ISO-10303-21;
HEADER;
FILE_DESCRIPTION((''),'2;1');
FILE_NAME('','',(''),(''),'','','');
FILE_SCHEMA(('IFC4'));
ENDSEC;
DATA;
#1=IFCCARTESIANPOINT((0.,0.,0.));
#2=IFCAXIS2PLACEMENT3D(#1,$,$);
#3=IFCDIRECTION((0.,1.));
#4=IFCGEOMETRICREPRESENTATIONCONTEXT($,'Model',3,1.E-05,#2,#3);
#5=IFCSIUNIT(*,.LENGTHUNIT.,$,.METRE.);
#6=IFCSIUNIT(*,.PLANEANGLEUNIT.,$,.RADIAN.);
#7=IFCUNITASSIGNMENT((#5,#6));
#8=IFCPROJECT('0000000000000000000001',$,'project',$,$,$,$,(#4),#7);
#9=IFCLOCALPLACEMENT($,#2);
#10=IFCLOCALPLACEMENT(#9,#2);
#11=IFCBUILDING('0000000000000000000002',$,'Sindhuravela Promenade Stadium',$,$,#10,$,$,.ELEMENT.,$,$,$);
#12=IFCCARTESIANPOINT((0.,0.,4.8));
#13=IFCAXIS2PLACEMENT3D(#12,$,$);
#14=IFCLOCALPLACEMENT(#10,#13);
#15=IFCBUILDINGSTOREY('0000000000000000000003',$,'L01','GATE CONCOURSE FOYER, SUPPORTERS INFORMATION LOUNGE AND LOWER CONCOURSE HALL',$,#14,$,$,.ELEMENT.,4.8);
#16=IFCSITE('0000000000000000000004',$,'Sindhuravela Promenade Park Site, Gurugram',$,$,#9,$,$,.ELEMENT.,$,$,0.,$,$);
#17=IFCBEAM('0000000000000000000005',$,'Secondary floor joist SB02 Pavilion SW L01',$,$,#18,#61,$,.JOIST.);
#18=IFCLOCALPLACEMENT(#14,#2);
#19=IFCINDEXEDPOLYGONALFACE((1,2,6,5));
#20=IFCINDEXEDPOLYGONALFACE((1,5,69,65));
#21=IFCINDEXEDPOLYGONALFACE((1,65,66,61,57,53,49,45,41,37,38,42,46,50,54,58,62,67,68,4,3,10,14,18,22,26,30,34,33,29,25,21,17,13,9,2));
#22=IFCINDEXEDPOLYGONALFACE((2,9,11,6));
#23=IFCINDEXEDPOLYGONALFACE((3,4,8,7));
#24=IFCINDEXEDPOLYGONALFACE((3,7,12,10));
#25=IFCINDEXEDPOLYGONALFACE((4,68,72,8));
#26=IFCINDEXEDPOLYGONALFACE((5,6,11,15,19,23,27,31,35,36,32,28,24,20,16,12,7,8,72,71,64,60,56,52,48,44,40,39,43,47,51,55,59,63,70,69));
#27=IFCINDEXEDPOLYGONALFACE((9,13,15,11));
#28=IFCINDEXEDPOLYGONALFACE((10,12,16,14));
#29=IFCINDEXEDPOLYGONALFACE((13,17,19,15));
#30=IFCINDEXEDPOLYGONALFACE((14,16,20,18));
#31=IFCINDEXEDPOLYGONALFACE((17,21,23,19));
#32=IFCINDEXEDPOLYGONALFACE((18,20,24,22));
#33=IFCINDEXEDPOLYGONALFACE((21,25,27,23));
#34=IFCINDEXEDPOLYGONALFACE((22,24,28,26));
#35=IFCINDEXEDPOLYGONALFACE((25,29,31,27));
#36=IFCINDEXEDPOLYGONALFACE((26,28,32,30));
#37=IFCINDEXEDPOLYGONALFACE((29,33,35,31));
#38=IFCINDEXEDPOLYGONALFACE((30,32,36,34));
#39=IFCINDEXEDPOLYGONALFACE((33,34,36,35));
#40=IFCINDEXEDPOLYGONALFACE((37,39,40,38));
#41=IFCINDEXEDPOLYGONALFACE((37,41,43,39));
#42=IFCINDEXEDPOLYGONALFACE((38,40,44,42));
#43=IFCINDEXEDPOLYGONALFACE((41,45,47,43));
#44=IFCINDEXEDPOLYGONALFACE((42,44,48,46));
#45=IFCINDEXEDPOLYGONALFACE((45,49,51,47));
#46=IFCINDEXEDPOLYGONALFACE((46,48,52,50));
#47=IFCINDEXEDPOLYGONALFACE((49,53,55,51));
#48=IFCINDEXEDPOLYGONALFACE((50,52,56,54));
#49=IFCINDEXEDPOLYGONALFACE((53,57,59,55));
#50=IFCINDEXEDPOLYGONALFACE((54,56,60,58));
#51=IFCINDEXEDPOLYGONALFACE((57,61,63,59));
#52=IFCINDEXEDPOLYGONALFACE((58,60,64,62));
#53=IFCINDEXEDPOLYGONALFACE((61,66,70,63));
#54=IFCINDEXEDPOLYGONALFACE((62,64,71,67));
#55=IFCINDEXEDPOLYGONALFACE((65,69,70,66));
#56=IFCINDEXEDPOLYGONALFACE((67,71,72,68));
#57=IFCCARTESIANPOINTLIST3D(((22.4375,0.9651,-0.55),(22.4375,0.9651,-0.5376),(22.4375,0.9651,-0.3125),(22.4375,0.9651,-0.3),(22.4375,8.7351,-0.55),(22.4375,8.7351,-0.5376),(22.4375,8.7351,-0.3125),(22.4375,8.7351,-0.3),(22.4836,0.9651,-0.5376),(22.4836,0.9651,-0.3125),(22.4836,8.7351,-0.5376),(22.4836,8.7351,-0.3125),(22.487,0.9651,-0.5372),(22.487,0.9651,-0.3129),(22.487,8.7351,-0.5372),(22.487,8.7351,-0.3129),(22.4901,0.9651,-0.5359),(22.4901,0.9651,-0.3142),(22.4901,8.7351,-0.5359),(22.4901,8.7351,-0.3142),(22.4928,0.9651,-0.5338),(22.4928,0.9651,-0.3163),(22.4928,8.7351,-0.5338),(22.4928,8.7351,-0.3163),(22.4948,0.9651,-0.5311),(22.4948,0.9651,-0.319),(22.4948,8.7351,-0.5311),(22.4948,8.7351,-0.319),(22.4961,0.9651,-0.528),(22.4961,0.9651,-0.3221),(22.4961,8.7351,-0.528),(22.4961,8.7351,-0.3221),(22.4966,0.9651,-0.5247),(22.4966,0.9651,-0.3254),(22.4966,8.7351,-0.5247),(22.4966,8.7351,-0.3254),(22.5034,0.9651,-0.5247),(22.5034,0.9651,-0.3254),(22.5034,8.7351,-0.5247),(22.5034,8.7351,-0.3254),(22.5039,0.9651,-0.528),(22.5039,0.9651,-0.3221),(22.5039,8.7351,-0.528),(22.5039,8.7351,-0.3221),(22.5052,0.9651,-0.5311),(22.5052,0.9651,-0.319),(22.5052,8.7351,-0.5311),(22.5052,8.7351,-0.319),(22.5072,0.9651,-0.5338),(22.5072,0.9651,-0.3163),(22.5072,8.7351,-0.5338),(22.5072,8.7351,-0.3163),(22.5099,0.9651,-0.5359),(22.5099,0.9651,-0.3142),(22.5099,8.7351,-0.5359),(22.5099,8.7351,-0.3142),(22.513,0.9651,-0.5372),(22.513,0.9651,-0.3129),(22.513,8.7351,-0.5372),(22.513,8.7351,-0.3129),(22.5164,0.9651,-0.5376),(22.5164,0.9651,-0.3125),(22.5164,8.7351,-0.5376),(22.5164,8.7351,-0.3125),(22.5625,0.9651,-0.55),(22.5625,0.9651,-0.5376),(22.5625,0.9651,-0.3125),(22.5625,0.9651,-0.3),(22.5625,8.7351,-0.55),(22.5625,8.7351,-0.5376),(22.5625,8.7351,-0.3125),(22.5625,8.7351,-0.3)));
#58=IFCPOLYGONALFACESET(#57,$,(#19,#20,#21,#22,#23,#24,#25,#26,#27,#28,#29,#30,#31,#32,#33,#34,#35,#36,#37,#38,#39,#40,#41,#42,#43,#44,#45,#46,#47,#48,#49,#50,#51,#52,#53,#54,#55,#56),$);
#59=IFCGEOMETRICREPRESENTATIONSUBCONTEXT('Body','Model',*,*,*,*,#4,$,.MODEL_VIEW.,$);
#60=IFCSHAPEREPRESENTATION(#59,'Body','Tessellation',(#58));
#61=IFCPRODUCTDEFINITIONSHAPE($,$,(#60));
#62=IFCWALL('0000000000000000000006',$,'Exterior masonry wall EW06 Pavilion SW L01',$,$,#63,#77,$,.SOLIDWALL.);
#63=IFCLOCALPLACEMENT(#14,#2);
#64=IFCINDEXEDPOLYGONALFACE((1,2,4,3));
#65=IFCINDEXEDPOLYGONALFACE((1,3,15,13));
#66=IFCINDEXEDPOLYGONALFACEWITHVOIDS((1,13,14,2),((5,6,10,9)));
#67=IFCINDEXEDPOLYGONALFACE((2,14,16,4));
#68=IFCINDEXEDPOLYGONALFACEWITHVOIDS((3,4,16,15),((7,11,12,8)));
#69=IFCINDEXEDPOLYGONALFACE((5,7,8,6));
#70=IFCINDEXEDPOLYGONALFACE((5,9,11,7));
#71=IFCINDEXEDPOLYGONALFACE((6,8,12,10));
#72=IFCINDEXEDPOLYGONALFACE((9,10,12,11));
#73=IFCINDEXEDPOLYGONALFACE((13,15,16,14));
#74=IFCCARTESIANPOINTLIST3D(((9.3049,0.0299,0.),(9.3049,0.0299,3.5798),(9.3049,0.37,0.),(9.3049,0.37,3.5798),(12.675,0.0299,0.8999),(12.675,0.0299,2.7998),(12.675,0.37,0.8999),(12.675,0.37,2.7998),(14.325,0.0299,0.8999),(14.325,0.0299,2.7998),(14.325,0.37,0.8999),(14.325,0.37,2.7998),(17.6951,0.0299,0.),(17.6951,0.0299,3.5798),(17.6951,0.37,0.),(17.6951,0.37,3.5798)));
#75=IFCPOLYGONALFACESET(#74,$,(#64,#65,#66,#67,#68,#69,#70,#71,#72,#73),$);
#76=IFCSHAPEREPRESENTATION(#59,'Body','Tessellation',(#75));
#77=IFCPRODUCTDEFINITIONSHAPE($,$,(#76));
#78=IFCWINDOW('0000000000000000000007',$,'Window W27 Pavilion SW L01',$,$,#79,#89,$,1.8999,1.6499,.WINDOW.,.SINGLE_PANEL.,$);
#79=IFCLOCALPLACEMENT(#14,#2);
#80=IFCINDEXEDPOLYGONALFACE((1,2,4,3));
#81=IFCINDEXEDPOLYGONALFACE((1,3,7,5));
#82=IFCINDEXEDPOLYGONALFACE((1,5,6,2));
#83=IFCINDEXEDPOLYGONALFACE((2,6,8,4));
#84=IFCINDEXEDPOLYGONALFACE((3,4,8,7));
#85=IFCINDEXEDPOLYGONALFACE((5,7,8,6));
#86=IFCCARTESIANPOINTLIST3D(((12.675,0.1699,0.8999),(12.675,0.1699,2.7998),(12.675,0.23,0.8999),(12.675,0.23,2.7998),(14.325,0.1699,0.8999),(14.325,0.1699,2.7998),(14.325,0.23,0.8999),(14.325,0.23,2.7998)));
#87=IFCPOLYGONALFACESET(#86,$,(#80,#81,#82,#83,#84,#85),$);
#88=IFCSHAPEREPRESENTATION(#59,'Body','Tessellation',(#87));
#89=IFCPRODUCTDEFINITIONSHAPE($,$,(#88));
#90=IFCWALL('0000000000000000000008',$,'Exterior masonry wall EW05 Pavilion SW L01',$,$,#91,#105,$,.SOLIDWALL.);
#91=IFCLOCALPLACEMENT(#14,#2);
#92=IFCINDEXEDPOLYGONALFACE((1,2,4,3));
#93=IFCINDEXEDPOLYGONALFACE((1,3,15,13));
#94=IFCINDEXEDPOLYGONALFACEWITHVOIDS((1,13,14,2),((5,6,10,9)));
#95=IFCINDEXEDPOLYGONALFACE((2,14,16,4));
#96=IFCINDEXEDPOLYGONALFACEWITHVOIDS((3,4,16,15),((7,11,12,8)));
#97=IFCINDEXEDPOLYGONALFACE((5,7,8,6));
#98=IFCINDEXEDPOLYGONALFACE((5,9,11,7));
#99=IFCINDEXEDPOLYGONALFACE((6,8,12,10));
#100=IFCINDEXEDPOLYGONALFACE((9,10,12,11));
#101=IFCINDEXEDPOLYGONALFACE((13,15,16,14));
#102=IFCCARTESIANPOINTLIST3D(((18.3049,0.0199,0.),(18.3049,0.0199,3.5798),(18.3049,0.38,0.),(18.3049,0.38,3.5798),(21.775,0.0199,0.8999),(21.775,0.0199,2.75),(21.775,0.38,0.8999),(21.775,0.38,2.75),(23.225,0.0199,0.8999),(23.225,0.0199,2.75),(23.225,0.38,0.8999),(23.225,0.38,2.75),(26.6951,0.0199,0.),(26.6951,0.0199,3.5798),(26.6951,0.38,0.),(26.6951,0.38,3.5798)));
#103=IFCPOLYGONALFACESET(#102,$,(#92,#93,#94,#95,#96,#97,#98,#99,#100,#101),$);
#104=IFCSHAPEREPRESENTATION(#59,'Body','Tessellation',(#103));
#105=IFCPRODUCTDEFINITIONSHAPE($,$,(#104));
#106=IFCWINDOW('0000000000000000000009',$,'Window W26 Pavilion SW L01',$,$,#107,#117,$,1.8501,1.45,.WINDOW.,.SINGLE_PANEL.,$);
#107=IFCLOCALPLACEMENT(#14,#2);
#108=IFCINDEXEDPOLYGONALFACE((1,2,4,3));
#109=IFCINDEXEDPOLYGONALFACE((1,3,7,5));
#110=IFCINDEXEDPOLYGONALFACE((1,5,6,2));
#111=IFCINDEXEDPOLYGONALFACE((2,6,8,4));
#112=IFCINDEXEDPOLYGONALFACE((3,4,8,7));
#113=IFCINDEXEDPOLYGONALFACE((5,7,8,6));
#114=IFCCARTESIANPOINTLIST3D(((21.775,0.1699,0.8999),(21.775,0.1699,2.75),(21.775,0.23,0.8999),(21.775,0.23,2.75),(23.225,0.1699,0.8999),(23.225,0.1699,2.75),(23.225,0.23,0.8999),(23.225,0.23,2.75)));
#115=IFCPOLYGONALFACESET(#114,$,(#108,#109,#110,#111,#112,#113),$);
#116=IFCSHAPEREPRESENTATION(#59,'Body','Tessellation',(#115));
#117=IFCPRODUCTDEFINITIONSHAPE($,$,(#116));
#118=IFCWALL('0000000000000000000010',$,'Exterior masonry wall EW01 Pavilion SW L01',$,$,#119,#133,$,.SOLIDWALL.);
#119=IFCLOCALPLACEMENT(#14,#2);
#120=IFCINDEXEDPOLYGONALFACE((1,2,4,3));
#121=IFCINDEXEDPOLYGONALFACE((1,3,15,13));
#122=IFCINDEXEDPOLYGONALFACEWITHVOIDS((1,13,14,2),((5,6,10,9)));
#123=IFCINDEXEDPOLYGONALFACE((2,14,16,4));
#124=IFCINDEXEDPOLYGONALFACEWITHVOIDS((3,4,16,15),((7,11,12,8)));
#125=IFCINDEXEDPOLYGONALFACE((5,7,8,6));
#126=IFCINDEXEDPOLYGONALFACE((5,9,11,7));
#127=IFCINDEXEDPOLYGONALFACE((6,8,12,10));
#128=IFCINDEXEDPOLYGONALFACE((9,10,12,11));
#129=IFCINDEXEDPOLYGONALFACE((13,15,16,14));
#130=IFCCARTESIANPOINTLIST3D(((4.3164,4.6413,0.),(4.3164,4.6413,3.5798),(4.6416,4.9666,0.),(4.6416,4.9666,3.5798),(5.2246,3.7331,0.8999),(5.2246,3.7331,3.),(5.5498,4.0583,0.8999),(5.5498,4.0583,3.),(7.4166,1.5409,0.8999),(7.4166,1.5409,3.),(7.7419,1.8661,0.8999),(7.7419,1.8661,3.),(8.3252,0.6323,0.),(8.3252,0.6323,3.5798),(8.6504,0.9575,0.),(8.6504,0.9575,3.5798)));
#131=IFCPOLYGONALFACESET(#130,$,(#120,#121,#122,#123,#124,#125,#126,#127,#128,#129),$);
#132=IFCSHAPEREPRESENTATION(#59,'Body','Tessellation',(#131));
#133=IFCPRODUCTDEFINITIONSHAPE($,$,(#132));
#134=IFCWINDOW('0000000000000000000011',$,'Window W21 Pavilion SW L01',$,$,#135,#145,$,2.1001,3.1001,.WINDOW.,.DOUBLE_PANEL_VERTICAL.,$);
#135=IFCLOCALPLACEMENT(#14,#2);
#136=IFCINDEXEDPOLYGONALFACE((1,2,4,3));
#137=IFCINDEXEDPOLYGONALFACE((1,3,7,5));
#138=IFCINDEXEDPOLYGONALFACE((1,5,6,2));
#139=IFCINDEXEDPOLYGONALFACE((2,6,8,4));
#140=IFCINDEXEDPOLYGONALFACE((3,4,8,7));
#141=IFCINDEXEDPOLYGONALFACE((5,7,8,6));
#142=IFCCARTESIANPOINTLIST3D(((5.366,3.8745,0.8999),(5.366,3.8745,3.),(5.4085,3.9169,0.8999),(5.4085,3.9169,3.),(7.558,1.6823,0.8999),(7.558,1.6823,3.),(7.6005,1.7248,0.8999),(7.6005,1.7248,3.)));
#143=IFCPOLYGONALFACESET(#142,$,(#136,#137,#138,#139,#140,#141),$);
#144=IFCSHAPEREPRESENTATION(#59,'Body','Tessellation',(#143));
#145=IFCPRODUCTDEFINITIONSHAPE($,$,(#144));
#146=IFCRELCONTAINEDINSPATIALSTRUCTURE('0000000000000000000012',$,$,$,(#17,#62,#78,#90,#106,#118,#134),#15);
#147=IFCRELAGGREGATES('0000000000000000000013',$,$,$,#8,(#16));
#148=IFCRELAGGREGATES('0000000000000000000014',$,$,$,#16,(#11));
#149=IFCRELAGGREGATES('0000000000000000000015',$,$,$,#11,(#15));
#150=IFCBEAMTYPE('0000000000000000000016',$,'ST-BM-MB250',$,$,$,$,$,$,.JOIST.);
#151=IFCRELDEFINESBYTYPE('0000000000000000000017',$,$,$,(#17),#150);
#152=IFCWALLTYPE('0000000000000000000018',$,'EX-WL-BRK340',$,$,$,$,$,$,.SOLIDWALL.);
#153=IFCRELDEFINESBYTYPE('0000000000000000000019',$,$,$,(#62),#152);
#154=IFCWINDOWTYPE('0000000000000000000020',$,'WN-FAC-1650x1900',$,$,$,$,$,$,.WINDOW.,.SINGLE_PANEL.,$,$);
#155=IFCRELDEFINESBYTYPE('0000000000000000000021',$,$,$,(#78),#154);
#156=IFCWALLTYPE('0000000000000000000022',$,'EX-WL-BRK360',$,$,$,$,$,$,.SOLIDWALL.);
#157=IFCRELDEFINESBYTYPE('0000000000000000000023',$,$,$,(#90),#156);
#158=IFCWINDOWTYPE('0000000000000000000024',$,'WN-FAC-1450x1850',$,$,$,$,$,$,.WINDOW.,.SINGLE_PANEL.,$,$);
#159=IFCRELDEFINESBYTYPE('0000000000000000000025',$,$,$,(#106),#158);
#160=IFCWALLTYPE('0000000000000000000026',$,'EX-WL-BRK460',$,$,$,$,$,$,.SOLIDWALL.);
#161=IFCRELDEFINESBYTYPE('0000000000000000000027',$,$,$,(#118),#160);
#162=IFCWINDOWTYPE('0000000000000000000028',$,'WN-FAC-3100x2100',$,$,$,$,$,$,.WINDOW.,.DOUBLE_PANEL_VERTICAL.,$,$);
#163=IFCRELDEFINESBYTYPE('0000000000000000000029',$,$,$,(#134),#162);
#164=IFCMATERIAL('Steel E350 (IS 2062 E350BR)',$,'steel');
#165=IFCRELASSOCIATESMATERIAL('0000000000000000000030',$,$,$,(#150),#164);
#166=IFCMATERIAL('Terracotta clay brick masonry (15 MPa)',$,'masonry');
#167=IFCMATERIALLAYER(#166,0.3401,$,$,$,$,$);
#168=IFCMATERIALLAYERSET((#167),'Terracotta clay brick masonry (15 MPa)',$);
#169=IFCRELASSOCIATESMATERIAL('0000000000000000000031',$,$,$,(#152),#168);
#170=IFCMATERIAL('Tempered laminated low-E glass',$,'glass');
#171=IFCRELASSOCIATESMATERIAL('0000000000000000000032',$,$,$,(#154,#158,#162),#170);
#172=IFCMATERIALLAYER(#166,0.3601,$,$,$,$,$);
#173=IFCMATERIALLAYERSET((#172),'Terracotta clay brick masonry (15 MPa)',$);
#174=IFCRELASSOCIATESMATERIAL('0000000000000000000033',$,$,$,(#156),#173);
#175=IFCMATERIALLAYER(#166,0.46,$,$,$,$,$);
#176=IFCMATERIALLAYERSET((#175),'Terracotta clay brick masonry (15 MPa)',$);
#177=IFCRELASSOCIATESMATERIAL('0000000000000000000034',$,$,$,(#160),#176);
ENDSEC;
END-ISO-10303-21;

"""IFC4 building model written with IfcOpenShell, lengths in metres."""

from ifc_helpers import new_model, si_unit, direction, frame, frame_2d, origin, origin_2d, place, context, subcontext, project, spatial, rectangle, i_section, extrude, material, layer, layer_set, material_profile, profile_set, type_object, element, fill, save


model = new_model("IFC4")

# Units and contexts
model_context = context("Model", 3, precision=1e-05, world=origin(), true_north=direction((0.0, 1.0)))
body_context = subcontext(model_context, "Body", "Model", "MODEL_VIEW")
ifc_project = project(units=[si_unit("LENGTHUNIT", "METRE"), si_unit("PLANEANGLEUNIT", "RADIAN")], contexts=[model_context])

# Site, building, storey
site_placement = place(None, origin())
site = spatial("IfcSite", under=ifc_project, at=site_placement, Name="Sindhuravela Promenade Park Site, Gurugram", CompositionType="ELEMENT", RefElevation=0.0)
building_placement = place(site_placement, origin())
building = spatial("IfcBuilding", under=site, at=building_placement, Name="Sindhuravela Promenade Stadium", CompositionType="ELEMENT")
storey_placement = place(building_placement, frame((0.0, 0.0, 4.8)))
storey = spatial("IfcBuildingStorey", under=building, at=storey_placement, Name="L01", Description="GATE CONCOURSE FOYER, SUPPORTERS INFORMATION LOUNGE AND LOWER CONCOURSE HALL", CompositionType="ELEMENT", Elevation=4.8)

# Beam
ifc_material_1 = material(Name="Steel E350 (IS 2062 E350BR)", Category="steel")
ifc_material_profile_1 = material_profile(ifc_material_1, i_section(OverallWidth=0.125, OverallDepth=0.25, WebThickness=0.0068, FlangeThickness=0.0125, FilletRadius=0.0129, at=origin_2d()), Name="ISMB 250")
ifc_profile_set_1 = profile_set([ifc_material_profile_1], Name="Steel E350 (IS 2062 E350BR)")
beam_type_1 = type_object("IfcBeamType", Name="ST-BM-MB250", PredefinedType="JOIST", material=ifc_profile_set_1)
beam_1_placement = place(storey_placement, frame((22.5, 0.9651, -0.425), z_axis=(0.0, 1.0, 0.0), x_axis=(-1.0, 0.0, 0.0)))
element("IfcBeam", 1, at=beam_1_placement, inside=storey, type_object=beam_type_1, Name="Secondary floor joist SB02 Pavilion SW L01", PredefinedType="JOIST", context=body_context, shape_type="SweptSolid", body=[
    extrude(i_section(OverallWidth=0.125, OverallDepth=0.25, WebThickness=0.0068, FlangeThickness=0.0125, FilletRadius=0.0129, at=origin_2d()), origin(), (0.0, 0.0, 1.0), 7.77),
])

# Walls, openings, windows
ifc_material_2 = material(Name="Terracotta clay brick masonry (15 MPa)", Category="masonry")
ifc_layer_1 = layer(ifc_material_2, 0.3401)
ifc_layer_set_1 = layer_set([ifc_layer_1], Name="Terracotta clay brick masonry (15 MPa)")
wall_type_1 = type_object("IfcWallType", Name="EX-WL-BRK340", PredefinedType="SOLIDWALL", material=ifc_layer_set_1)
wall_1_placement = place(storey_placement, frame((17.6951, 0.2, 0.0), z_axis=(0.0, 0.0, 1.0), x_axis=(-1.0, 0.0, 0.0)))
wall_1 = element("IfcWall", 2, at=wall_1_placement, inside=storey, type_object=wall_type_1, Name="Exterior masonry wall EW06 Pavilion SW L01", PredefinedType="SOLIDWALL", context=body_context, shape_type="SweptSolid", body=[
    extrude(rectangle(XDim=8.3901, YDim=0.3401, at=frame_2d((4.1951, 0.0))), origin(), (0.0, 0.0, 1.0), 3.5798),
])
opening_1_placement = place(wall_1_placement, frame((3.3701, 0.0, 0.8999)))
opening_1 = element("IfcOpeningElement", 3, at=opening_1_placement, cuts=wall_1, PredefinedType="OPENING", context=body_context, shape_type="SweptSolid", body=[
    extrude(rectangle(XDim=1.6499, YDim=1.8999, at=frame_2d((0.825, 0.95))), frame((0.0, 0.1799, 0.0), z_axis=(0.0, -1.0, 0.0), x_axis=(1.0, 0.0, 0.0)), (0.0, 0.0, 1.0), 0.3601),
])
ifc_material_3 = material(Name="Tempered laminated low-E glass", Category="glass")
window_type_1 = type_object("IfcWindowType", Name="WN-FAC-1650x1900", PartitioningType="SINGLE_PANEL", PredefinedType="WINDOW", material=ifc_material_3)
window_1_placement = place(opening_1_placement, origin())
window_1 = element("IfcWindow", 4, at=window_1_placement, inside=storey, type_object=window_type_1, Name="Window W27 Pavilion SW L01", OverallHeight=1.8999, OverallWidth=1.6499, PartitioningType="SINGLE_PANEL", PredefinedType="WINDOW", context=body_context, shape_type="SweptSolid", body=[
    extrude(rectangle(XDim=1.6499, YDim=1.8999, at=frame_2d((0.825, 0.95))), frame((0.0, 0.03, 0.0), z_axis=(0.0, -1.0, 0.0), x_axis=(1.0, 0.0, 0.0)), (0.0, 0.0, 1.0), 0.0601),
])
fill(opening_1, window_1)
ifc_layer_2 = layer(ifc_material_2, 0.3601)
ifc_layer_set_2 = layer_set([ifc_layer_2], Name="Terracotta clay brick masonry (15 MPa)")
wall_type_2 = type_object("IfcWallType", Name="EX-WL-BRK360", PredefinedType="SOLIDWALL", material=ifc_layer_set_2)
wall_2_placement = place(storey_placement, frame((26.6951, 0.2, 0.0), z_axis=(0.0, 0.0, 1.0), x_axis=(-1.0, 0.0, 0.0)))
wall_2 = element("IfcWall", 5, at=wall_2_placement, inside=storey, type_object=wall_type_2, Name="Exterior masonry wall EW05 Pavilion SW L01", PredefinedType="SOLIDWALL", context=body_context, shape_type="SweptSolid", body=[
    extrude(rectangle(XDim=8.3901, YDim=0.3601, at=frame_2d((4.1951, 0.0))), origin(), (0.0, 0.0, 1.0), 3.5798),
])
opening_2_placement = place(wall_2_placement, frame((3.47, 0.0, 0.8999)))
opening_2 = element("IfcOpeningElement", 6, at=opening_2_placement, cuts=wall_2, PredefinedType="OPENING", context=body_context, shape_type="SweptSolid", body=[
    extrude(rectangle(XDim=1.45, YDim=1.8501, at=frame_2d((0.7251, 0.925))), frame((0.0, 0.1899, 0.0), z_axis=(0.0, -1.0, 0.0), x_axis=(1.0, 0.0, 0.0)), (0.0, 0.0, 1.0), 0.3801),
])
window_type_2 = type_object("IfcWindowType", Name="WN-FAC-1450x1850", PartitioningType="SINGLE_PANEL", PredefinedType="WINDOW", material=ifc_material_3)
window_2_placement = place(opening_2_placement, origin())
window_2 = element("IfcWindow", 7, at=window_2_placement, inside=storey, type_object=window_type_2, Name="Window W26 Pavilion SW L01", OverallHeight=1.8501, OverallWidth=1.45, PartitioningType="SINGLE_PANEL", PredefinedType="WINDOW", context=body_context, shape_type="SweptSolid", body=[
    extrude(rectangle(XDim=1.45, YDim=1.8501, at=frame_2d((0.7251, 0.925))), frame((0.0, 0.03, 0.0), z_axis=(0.0, -1.0, 0.0), x_axis=(1.0, 0.0, 0.0)), (0.0, 0.0, 1.0), 0.0601),
])
fill(opening_2, window_2)
ifc_layer_3 = layer(ifc_material_2, 0.46)
ifc_layer_set_3 = layer_set([ifc_layer_3], Name="Terracotta clay brick masonry (15 MPa)")
wall_type_3 = type_object("IfcWallType", Name="EX-WL-BRK460", PredefinedType="SOLIDWALL", material=ifc_layer_set_3)
wall_3_placement = place(storey_placement, frame((8.4878, 0.7949, 0.0), z_axis=(0.0, 0.0, 1.0), x_axis=(-0.707085, 0.707128, 0.0)))
wall_3 = element("IfcWall", 8, at=wall_3_placement, inside=storey, type_object=wall_type_3, Name="Exterior masonry wall EW01 Pavilion SW L01", PredefinedType="SOLIDWALL", context=body_context, shape_type="SweptSolid", body=[
    extrude(rectangle(XDim=5.6694, YDim=0.46, at=frame_2d((2.8347, 0.0))), origin(), (0.0, 0.0, 1.0), 3.5798),
])
opening_3_placement = place(wall_3_placement, frame((1.2849, 0.0, 0.8999)))
opening_3 = element("IfcOpeningElement", 9, at=opening_3_placement, cuts=wall_3, PredefinedType="OPENING", context=body_context, shape_type="SweptSolid", body=[
    extrude(rectangle(XDim=3.1001, YDim=2.1001, at=frame_2d((1.55, 1.05))), frame((0.0, 0.24, 0.0), z_axis=(0.0, -1.0, 0.0), x_axis=(1.0, 0.0, 0.0)), (0.0, 0.0, 1.0), 0.48),
])
window_type_3 = type_object("IfcWindowType", Name="WN-FAC-3100x2100", PartitioningType="DOUBLE_PANEL_VERTICAL", PredefinedType="WINDOW", material=ifc_material_3)
window_3_placement = place(opening_3_placement, origin())
window_3 = element("IfcWindow", 10, at=window_3_placement, inside=storey, type_object=window_type_3, Name="Window W21 Pavilion SW L01", OverallHeight=2.1001, OverallWidth=3.1001, PartitioningType="DOUBLE_PANEL_VERTICAL", PredefinedType="WINDOW", context=body_context, shape_type="SweptSolid", body=[
    extrude(rectangle(XDim=3.1001, YDim=2.1001, at=frame_2d((1.55, 1.05))), frame((0.0, 0.03, 0.0), z_axis=(0.0, -1.0, 0.0), x_axis=(1.0, 0.0, 0.0)), (0.0, 0.0, 1.0), 0.0601),
])
fill(opening_3, window_3)

save(model, "model.ifc")
